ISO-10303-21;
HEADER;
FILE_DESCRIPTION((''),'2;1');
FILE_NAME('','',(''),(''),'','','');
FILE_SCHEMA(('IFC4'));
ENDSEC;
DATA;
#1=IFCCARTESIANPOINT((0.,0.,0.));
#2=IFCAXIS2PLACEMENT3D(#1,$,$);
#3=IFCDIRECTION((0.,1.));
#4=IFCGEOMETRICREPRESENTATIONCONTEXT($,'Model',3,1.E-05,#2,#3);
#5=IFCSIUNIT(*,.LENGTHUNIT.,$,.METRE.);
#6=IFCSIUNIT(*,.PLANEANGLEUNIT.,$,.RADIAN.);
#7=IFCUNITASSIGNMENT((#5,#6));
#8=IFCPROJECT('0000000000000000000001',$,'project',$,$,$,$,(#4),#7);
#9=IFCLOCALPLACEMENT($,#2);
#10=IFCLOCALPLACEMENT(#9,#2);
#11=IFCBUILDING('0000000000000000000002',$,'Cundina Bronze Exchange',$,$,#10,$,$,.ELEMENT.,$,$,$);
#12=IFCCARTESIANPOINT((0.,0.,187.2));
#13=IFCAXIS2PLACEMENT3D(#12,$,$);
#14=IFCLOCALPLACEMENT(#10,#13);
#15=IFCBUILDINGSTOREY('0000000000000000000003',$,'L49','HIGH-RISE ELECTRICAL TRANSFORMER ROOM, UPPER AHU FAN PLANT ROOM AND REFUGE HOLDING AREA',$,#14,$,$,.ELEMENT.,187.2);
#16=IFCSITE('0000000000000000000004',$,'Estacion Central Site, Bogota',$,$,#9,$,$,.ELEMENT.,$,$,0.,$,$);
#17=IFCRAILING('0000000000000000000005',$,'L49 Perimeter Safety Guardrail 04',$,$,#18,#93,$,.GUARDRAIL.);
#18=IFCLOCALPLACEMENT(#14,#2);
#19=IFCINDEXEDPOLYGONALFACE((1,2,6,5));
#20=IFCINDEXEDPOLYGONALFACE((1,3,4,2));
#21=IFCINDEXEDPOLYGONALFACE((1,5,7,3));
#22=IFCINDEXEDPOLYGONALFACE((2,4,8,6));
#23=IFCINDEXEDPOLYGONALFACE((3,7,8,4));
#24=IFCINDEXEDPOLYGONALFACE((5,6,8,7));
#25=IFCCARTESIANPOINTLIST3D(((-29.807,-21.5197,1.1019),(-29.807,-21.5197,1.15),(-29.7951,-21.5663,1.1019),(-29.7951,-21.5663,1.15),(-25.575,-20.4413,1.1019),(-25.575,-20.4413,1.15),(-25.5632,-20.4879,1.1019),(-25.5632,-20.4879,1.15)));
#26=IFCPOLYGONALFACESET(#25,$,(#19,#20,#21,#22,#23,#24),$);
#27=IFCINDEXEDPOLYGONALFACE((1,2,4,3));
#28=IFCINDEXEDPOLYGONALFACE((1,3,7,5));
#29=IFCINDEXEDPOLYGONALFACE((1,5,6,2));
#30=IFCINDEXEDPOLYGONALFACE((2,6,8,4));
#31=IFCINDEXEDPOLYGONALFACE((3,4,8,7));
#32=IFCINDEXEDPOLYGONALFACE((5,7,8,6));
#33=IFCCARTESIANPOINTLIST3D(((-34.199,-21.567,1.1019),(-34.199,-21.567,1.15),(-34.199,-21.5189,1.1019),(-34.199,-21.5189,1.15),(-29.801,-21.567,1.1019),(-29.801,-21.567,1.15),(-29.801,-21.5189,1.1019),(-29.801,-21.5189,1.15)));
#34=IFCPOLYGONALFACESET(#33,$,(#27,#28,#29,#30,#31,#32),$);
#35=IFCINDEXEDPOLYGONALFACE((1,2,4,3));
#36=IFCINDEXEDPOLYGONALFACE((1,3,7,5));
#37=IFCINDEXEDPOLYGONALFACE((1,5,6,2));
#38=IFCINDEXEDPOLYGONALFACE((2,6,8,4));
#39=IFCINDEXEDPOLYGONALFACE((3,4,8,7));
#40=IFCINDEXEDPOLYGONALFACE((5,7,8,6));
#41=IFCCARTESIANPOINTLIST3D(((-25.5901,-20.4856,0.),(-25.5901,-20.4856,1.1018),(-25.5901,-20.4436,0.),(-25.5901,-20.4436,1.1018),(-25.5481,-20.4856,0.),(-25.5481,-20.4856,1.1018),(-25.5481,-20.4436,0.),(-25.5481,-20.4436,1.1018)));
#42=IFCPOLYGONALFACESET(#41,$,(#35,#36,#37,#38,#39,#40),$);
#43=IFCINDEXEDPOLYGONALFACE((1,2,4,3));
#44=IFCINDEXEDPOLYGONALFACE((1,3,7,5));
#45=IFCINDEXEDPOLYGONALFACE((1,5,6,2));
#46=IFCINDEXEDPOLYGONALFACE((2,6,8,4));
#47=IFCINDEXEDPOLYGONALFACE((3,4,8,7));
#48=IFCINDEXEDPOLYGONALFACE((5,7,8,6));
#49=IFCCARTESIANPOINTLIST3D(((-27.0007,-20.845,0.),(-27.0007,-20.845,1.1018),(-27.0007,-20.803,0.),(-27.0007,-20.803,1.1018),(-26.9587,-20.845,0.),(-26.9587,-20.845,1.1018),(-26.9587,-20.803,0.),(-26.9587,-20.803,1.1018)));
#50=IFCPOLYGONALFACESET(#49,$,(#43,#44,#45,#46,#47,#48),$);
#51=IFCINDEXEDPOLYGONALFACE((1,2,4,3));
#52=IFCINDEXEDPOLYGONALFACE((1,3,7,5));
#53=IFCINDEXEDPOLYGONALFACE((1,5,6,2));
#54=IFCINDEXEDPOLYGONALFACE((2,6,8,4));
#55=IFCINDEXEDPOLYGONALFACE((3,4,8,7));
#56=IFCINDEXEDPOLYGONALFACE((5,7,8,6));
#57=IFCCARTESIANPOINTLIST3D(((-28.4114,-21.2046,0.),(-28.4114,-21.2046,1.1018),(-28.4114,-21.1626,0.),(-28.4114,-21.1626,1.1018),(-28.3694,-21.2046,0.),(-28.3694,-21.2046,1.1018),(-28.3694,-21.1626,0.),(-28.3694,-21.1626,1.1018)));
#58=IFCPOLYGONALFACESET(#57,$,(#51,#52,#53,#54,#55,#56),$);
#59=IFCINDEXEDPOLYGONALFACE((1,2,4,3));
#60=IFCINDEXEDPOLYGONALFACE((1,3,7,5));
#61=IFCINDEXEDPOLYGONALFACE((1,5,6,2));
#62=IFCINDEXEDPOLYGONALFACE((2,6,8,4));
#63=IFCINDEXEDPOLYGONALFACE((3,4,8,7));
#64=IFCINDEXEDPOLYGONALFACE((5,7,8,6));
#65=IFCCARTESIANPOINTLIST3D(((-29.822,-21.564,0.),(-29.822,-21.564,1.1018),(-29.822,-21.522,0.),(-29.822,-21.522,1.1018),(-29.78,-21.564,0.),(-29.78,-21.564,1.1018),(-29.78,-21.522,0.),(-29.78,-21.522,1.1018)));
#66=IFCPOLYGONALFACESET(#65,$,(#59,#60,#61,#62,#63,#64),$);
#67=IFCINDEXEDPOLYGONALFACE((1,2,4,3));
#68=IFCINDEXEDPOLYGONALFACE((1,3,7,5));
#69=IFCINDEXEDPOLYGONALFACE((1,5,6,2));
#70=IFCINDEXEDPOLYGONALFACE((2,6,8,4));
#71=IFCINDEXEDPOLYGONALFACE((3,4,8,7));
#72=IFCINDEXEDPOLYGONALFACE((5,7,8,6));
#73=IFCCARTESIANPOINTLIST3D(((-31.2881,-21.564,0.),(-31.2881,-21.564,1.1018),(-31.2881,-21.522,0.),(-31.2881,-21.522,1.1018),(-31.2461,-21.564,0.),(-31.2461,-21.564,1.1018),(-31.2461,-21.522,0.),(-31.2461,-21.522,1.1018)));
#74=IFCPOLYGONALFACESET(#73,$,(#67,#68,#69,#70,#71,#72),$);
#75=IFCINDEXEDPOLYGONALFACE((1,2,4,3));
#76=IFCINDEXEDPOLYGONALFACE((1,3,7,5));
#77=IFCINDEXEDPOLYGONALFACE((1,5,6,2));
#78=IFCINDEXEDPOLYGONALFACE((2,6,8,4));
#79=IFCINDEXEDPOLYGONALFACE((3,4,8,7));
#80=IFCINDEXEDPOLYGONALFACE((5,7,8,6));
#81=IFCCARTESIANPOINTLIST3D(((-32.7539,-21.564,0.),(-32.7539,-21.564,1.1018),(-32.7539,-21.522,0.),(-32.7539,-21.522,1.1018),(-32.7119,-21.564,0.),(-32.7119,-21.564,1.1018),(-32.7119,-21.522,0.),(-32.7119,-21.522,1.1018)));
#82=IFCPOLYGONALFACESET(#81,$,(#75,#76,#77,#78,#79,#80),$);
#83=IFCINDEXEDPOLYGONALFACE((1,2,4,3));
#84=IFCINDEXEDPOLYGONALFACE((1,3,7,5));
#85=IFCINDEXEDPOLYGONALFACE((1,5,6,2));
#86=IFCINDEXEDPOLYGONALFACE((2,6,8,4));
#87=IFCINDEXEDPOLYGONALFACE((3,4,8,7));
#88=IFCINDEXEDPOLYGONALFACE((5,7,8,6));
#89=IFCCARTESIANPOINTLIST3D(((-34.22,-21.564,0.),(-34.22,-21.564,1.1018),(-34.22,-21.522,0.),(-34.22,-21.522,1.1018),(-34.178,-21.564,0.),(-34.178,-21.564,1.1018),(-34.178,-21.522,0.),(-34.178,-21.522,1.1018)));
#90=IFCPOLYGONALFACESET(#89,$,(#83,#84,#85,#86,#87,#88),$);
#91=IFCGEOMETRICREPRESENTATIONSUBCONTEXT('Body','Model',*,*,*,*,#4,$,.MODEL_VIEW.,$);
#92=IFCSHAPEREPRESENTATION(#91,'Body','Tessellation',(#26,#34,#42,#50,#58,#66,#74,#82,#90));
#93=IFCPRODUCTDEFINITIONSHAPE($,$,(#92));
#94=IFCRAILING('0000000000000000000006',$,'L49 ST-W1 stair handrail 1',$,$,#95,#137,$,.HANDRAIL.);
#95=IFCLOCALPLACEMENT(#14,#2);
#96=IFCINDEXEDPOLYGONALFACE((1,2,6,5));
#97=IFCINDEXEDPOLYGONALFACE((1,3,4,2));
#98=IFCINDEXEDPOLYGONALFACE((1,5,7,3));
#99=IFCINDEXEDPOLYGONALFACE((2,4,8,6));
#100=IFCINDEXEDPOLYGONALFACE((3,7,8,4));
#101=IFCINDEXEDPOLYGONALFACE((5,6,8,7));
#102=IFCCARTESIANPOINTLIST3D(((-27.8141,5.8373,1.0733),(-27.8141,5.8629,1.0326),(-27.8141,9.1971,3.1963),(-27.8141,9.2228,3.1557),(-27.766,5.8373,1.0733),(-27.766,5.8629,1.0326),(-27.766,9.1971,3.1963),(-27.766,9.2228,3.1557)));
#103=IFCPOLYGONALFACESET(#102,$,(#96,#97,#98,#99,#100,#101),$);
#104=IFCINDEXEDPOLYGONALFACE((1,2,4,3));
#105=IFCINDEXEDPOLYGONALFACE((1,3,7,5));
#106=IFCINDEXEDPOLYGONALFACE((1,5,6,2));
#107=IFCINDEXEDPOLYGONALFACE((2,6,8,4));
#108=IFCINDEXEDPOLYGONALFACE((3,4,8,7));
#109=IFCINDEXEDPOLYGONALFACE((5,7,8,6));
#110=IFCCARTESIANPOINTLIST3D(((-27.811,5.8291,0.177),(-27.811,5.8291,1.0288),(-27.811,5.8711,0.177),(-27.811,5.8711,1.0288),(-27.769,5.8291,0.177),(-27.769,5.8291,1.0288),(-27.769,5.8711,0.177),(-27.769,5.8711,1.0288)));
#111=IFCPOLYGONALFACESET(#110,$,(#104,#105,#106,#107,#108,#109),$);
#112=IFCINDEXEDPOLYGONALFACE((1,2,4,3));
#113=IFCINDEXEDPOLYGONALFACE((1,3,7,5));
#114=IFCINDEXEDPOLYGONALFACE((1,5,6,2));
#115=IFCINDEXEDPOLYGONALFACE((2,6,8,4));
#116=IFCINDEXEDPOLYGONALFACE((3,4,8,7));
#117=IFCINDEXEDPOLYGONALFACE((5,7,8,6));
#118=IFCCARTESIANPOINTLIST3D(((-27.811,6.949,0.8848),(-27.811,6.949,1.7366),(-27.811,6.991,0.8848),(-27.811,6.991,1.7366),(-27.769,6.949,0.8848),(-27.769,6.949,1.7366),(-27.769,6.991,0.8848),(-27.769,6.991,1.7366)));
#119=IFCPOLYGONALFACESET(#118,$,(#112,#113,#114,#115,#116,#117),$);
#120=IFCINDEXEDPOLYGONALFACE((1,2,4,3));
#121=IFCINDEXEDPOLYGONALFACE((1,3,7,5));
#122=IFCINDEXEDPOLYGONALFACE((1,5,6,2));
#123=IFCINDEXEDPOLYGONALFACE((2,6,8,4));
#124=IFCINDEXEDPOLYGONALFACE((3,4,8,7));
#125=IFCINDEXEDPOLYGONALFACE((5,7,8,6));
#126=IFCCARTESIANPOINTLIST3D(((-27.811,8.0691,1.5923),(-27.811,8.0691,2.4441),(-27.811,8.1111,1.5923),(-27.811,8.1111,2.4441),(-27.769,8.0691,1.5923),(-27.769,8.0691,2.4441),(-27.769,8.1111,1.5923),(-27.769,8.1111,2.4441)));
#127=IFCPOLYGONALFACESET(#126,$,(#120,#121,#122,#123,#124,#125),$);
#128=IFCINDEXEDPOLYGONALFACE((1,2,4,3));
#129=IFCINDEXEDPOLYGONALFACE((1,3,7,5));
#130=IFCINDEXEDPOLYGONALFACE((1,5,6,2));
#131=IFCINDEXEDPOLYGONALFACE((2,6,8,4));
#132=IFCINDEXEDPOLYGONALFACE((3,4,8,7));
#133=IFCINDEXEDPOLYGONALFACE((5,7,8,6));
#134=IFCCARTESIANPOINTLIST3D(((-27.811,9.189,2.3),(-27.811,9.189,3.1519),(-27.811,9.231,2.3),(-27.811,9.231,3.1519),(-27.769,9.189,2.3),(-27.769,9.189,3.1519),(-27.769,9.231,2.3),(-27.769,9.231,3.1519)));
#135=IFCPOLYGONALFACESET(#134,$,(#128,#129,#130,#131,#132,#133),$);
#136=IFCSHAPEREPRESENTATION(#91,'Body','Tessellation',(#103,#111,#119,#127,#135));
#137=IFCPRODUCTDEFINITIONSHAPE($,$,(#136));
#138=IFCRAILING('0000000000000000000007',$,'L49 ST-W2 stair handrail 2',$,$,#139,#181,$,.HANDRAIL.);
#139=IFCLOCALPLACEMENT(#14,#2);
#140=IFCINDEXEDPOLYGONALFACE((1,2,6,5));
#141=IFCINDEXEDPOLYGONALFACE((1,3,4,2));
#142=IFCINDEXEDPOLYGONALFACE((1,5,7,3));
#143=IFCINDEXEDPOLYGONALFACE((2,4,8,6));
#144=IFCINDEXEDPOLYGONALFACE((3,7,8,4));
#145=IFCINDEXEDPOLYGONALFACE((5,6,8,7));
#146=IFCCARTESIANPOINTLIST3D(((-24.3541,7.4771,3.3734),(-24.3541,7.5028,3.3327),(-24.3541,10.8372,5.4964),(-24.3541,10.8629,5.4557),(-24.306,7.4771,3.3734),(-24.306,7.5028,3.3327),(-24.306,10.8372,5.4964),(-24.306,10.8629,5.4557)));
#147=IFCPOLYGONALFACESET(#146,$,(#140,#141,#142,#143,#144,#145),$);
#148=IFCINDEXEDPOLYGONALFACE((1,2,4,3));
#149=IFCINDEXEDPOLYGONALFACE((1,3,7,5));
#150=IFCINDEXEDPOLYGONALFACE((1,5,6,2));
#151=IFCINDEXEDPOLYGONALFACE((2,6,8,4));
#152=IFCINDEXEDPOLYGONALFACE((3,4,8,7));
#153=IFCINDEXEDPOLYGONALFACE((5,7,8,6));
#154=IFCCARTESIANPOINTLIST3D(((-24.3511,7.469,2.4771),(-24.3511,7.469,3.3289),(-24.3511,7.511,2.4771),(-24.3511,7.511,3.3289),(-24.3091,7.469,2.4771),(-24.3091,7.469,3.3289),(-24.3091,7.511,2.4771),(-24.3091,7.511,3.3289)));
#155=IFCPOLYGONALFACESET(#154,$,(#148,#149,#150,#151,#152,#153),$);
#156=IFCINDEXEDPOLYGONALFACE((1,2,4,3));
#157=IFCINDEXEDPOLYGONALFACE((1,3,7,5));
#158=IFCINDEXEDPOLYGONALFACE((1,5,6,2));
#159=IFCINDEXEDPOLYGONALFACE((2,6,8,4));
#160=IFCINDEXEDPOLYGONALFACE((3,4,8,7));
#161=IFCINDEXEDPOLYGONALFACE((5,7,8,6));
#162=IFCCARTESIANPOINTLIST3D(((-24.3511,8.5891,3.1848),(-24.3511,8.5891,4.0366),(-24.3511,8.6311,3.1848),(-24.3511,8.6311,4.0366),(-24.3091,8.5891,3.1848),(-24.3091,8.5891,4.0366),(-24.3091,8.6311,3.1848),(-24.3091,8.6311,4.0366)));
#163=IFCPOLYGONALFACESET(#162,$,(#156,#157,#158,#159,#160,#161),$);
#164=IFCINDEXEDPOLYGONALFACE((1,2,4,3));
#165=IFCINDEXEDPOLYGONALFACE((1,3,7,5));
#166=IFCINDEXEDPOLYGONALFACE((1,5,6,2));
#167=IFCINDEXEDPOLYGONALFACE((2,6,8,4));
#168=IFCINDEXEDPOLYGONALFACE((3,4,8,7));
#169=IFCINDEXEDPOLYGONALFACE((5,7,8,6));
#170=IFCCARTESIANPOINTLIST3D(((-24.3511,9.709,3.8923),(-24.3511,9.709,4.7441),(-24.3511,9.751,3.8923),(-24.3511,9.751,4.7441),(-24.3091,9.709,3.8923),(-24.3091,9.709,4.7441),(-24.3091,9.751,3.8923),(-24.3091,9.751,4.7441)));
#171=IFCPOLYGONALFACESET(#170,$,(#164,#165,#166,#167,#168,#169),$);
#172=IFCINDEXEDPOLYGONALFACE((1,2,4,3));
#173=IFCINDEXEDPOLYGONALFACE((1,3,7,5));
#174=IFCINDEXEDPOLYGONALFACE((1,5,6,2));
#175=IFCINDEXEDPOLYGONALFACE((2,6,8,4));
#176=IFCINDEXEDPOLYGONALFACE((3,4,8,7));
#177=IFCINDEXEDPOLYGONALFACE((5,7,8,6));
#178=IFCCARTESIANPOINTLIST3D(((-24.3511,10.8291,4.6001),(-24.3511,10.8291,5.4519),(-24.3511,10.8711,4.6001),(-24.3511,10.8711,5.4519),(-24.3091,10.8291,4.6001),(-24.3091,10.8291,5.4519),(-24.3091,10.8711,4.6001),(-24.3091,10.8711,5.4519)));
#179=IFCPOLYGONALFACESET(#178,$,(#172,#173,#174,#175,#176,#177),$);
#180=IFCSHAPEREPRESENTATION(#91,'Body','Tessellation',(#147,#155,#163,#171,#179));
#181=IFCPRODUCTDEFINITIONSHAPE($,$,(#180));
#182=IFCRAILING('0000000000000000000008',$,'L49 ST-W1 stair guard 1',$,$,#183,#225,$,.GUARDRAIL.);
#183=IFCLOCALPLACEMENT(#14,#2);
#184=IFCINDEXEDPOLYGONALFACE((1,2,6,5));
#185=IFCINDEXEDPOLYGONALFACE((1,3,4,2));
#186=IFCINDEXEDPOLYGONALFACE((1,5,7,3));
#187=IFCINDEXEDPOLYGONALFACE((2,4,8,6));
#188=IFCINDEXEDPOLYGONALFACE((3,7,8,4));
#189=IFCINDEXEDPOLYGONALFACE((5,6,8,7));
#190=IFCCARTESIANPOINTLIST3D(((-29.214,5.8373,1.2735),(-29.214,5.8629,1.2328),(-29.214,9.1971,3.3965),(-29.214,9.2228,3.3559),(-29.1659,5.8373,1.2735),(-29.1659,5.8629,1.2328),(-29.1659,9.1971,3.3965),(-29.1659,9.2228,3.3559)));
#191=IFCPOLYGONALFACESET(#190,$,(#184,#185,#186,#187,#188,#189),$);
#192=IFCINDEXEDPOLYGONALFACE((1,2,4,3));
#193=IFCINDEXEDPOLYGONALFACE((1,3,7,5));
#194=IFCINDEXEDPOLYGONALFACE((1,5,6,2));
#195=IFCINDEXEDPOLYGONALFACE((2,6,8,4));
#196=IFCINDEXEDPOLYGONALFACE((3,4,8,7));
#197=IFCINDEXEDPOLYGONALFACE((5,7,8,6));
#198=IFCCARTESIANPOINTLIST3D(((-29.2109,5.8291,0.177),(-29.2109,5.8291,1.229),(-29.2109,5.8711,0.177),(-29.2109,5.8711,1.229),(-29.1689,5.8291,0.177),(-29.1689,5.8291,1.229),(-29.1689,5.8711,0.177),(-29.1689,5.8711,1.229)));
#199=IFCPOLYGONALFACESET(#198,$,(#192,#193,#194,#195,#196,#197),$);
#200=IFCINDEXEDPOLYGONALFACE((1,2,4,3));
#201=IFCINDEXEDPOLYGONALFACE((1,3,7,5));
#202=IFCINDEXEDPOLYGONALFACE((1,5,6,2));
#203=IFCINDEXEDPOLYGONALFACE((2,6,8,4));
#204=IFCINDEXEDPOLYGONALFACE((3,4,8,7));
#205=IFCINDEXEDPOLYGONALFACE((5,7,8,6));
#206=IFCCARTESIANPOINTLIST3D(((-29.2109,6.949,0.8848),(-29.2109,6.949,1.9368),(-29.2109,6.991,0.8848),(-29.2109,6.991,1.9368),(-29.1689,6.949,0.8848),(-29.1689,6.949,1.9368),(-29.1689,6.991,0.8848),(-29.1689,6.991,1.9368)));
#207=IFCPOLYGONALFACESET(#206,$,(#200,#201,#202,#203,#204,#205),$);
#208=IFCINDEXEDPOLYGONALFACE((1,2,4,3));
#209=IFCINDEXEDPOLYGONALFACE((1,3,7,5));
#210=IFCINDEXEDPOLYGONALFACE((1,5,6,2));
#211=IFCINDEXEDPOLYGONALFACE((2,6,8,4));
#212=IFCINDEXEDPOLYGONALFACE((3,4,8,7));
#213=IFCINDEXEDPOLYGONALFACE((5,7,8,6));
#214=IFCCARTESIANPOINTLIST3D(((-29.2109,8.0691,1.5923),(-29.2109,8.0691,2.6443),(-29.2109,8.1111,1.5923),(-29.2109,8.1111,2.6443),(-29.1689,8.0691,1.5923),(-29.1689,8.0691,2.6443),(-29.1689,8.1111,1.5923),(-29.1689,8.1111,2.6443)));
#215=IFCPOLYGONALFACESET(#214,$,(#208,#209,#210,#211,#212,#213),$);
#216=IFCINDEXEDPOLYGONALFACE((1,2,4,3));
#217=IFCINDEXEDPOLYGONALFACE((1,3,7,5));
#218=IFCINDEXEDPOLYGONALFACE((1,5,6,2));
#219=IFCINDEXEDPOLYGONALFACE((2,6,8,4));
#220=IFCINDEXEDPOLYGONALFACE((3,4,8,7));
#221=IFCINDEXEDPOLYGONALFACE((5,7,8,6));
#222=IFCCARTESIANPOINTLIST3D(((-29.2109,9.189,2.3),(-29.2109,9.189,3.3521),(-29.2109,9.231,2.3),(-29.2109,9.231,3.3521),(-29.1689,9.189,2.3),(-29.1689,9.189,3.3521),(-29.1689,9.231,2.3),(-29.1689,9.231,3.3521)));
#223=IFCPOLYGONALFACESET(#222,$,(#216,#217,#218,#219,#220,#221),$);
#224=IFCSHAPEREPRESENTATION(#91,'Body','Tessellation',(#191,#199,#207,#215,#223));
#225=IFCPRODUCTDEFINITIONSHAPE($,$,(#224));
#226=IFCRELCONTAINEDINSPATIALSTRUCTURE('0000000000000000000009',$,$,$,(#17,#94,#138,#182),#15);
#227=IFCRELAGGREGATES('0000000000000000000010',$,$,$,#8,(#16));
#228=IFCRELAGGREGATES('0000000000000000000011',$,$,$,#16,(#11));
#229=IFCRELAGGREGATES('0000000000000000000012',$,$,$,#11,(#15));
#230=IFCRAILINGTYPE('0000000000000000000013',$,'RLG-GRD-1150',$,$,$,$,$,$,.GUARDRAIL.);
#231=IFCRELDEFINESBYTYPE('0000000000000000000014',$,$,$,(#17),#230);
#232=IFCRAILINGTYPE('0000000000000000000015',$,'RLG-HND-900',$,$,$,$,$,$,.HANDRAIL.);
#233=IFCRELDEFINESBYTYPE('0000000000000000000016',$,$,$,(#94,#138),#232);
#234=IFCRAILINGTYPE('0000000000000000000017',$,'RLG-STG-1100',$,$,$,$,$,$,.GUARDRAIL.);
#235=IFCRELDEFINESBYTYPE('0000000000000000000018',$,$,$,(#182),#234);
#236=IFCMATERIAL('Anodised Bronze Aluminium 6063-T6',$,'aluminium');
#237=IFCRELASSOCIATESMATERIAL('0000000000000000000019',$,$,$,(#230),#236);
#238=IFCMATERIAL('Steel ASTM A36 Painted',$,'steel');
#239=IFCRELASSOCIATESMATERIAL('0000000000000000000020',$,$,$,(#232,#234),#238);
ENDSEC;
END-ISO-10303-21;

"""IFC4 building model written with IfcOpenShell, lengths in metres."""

from ifc_helpers import new_model, si_unit, direction, frame, origin, origin_2d, place, context, subcontext, project, spatial, rectangle, extrude, material, type_object, element, save


model = new_model("IFC4")

# Units and contexts
model_context = context("Model", 3, precision=1e-05, world=origin(), true_north=direction((0.0, 1.0)))
body_context = subcontext(model_context, "Body", "Model", "MODEL_VIEW")
ifc_project = project(units=[si_unit("LENGTHUNIT", "METRE"), si_unit("PLANEANGLEUNIT", "RADIAN")], contexts=[model_context])

# Site, building, storey
site_placement = place(None, origin())
site = spatial("IfcSite", under=ifc_project, at=site_placement, Name="Estacion Central Site, Bogota", CompositionType="ELEMENT", RefElevation=0.0)
building_placement = place(site_placement, origin())
building = spatial("IfcBuilding", under=site, at=building_placement, Name="Cundina Bronze Exchange", CompositionType="ELEMENT")
storey_placement = place(building_placement, frame((0.0, 0.0, 187.2)))
storey = spatial("IfcBuildingStorey", under=building, at=storey_placement, Name="L49", Description="HIGH-RISE ELECTRICAL TRANSFORMER ROOM, UPPER AHU FAN PLANT ROOM AND REFUGE HOLDING AREA", CompositionType="ELEMENT", Elevation=187.2)

# Shared definitions
ifc_material_1 = material(Name="Steel ASTM A36 Painted", Category="steel")

# Railings
ifc_material_2 = material(Name="Anodised Bronze Aluminium 6063-T6", Category="aluminium")
railing_type_1 = type_object("IfcRailingType", Name="RLG-GRD-1150", PredefinedType="GUARDRAIL", material=ifc_material_2)
railing_1_placement = place(storey_placement, frame((-25.5691, -20.4646, 0.0)))
element("IfcRailing", 1, at=railing_1_placement, inside=storey, type_object=railing_type_1, Name="L49 Perimeter Safety Guardrail 04", PredefinedType="GUARDRAIL", context=body_context, shape_type="SweptSolid", body=[
    extrude(rectangle(XDim=0.0481, YDim=0.0481, at=origin_2d()), frame((0.0, 0.0, 1.126), z_axis=(-0.969034, -0.246927, 0.0), x_axis=(0.246927, -0.969034, 0.0)), (0.0, 0.0, 1.0), 4.3672),
    extrude(rectangle(XDim=0.0481, YDim=0.0481, at=origin_2d()), frame((-4.2319, -1.0784, 1.126), z_axis=(-1.0, 0.0, 0.0), x_axis=(0.0, -1.0, 0.0)), (0.0, 0.0, 1.0), 4.3979),
    extrude(rectangle(XDim=0.042, YDim=0.042, at=origin_2d()), origin(), (0.0, 0.0, 1.0), 1.1018),
    extrude(rectangle(XDim=0.042, YDim=0.042, at=origin_2d()), frame((-1.4106, -0.3594, 0.0)), (0.0, 0.0, 1.0), 1.1018),
    extrude(rectangle(XDim=0.042, YDim=0.042, at=origin_2d()), frame((-2.8213, -0.719, 0.0)), (0.0, 0.0, 1.0), 1.1018),
    extrude(rectangle(XDim=0.042, YDim=0.042, at=origin_2d()), frame((-4.2319, -1.0784, 0.0)), (0.0, 0.0, 1.0), 1.1018),
    extrude(rectangle(XDim=0.042, YDim=0.042, at=origin_2d()), frame((-5.698, -1.0784, 0.0)), (0.0, 0.0, 1.0), 1.1018),
    extrude(rectangle(XDim=0.042, YDim=0.042, at=origin_2d()), frame((-7.1638, -1.0784, 0.0)), (0.0, 0.0, 1.0), 1.1018),
    extrude(rectangle(XDim=0.042, YDim=0.042, at=origin_2d()), frame((-8.6299, -1.0784, 0.0)), (0.0, 0.0, 1.0), 1.1018),
])
railing_type_2 = type_object("IfcRailingType", Name="RLG-HND-900", PredefinedType="HANDRAIL", material=ifc_material_1)
railing_2_placement = place(storey_placement, frame((-27.79, 5.8501, 0.177)))
element("IfcRailing", 2, at=railing_2_placement, inside=storey, type_object=railing_type_2, Name="L49 ST-W1 stair handrail 1", PredefinedType="HANDRAIL", context=body_context, shape_type="SweptSolid", body=[
    extrude(rectangle(XDim=0.0481, YDim=0.0481, at=origin_2d()), frame((0.0, 0.0, 0.876), z_axis=(0.0, 0.845372, 0.534178), x_axis=(-1.0, 0.0, 0.0)), (0.0, 0.0, 1.0), 3.9744),
    extrude(rectangle(XDim=0.042, YDim=0.042, at=origin_2d()), origin(), (0.0, 0.0, 1.0), 0.8518),
    extrude(rectangle(XDim=0.042, YDim=0.042, at=origin_2d()), frame((0.0, 1.1199, 0.7078)), (0.0, 0.0, 1.0), 0.8518),
    extrude(rectangle(XDim=0.042, YDim=0.042, at=origin_2d()), frame((0.0, 2.24, 1.4153)), (0.0, 0.0, 1.0), 0.8518),
    extrude(rectangle(XDim=0.042, YDim=0.042, at=origin_2d()), frame((0.0, 3.3599, 2.123)), (0.0, 0.0, 1.0), 0.8518),
])
railing_3_placement = place(storey_placement, frame((-24.3301, 7.49, 2.4771)))
element("IfcRailing", 3, at=railing_3_placement, inside=storey, type_object=railing_type_2, Name="L49 ST-W2 stair handrail 2", PredefinedType="HANDRAIL", context=body_context, shape_type="SweptSolid", body=[
    extrude(rectangle(XDim=0.0481, YDim=0.0481, at=origin_2d()), frame((0.0, 0.0, 0.876), z_axis=(0.0, 0.84539, 0.53415), x_axis=(-1.0, 0.0, 0.0)), (0.0, 0.0, 1.0), 3.9746),
    extrude(rectangle(XDim=0.042, YDim=0.042, at=origin_2d()), origin(), (0.0, 0.0, 1.0), 0.8518),
    extrude(rectangle(XDim=0.042, YDim=0.042, at=origin_2d()), frame((0.0, 1.1201, 0.7078)), (0.0, 0.0, 1.0), 0.8518),
    extrude(rectangle(XDim=0.042, YDim=0.042, at=origin_2d()), frame((0.0, 2.24, 1.4153)), (0.0, 0.0, 1.0), 0.8518),
    extrude(rectangle(XDim=0.042, YDim=0.042, at=origin_2d()), frame((0.0, 3.3601, 2.123)), (0.0, 0.0, 1.0), 0.8518),
])
railing_type_3 = type_object("IfcRailingType", Name="RLG-STG-1100", PredefinedType="GUARDRAIL", material=ifc_material_1)
railing_4_placement = place(storey_placement, frame((-29.1899, 5.8501, 0.177)))
element("IfcRailing", 4, at=railing_4_placement, inside=storey, type_object=railing_type_3, Name="L49 ST-W1 stair guard 1", PredefinedType="GUARDRAIL", context=body_context, shape_type="SweptSolid", body=[
    extrude(rectangle(XDim=0.0481, YDim=0.0481, at=origin_2d()), frame((0.0, 0.0, 1.0762), z_axis=(0.0, 0.845372, 0.534178), x_axis=(-1.0, 0.0, 0.0)), (0.0, 0.0, 1.0), 3.9744),
    extrude(rectangle(XDim=0.042, YDim=0.042, at=origin_2d()), origin(), (0.0, 0.0, 1.0), 1.052),
    extrude(rectangle(XDim=0.042, YDim=0.042, at=origin_2d()), frame((0.0, 1.1199, 0.7078)), (0.0, 0.0, 1.0), 1.052),
    extrude(rectangle(XDim=0.042, YDim=0.042, at=origin_2d()), frame((0.0, 2.24, 1.4153)), (0.0, 0.0, 1.0), 1.052),
    extrude(rectangle(XDim=0.042, YDim=0.042, at=origin_2d()), frame((0.0, 3.3599, 2.123)), (0.0, 0.0, 1.0), 1.052),
])

save(model, "model.ifc")
